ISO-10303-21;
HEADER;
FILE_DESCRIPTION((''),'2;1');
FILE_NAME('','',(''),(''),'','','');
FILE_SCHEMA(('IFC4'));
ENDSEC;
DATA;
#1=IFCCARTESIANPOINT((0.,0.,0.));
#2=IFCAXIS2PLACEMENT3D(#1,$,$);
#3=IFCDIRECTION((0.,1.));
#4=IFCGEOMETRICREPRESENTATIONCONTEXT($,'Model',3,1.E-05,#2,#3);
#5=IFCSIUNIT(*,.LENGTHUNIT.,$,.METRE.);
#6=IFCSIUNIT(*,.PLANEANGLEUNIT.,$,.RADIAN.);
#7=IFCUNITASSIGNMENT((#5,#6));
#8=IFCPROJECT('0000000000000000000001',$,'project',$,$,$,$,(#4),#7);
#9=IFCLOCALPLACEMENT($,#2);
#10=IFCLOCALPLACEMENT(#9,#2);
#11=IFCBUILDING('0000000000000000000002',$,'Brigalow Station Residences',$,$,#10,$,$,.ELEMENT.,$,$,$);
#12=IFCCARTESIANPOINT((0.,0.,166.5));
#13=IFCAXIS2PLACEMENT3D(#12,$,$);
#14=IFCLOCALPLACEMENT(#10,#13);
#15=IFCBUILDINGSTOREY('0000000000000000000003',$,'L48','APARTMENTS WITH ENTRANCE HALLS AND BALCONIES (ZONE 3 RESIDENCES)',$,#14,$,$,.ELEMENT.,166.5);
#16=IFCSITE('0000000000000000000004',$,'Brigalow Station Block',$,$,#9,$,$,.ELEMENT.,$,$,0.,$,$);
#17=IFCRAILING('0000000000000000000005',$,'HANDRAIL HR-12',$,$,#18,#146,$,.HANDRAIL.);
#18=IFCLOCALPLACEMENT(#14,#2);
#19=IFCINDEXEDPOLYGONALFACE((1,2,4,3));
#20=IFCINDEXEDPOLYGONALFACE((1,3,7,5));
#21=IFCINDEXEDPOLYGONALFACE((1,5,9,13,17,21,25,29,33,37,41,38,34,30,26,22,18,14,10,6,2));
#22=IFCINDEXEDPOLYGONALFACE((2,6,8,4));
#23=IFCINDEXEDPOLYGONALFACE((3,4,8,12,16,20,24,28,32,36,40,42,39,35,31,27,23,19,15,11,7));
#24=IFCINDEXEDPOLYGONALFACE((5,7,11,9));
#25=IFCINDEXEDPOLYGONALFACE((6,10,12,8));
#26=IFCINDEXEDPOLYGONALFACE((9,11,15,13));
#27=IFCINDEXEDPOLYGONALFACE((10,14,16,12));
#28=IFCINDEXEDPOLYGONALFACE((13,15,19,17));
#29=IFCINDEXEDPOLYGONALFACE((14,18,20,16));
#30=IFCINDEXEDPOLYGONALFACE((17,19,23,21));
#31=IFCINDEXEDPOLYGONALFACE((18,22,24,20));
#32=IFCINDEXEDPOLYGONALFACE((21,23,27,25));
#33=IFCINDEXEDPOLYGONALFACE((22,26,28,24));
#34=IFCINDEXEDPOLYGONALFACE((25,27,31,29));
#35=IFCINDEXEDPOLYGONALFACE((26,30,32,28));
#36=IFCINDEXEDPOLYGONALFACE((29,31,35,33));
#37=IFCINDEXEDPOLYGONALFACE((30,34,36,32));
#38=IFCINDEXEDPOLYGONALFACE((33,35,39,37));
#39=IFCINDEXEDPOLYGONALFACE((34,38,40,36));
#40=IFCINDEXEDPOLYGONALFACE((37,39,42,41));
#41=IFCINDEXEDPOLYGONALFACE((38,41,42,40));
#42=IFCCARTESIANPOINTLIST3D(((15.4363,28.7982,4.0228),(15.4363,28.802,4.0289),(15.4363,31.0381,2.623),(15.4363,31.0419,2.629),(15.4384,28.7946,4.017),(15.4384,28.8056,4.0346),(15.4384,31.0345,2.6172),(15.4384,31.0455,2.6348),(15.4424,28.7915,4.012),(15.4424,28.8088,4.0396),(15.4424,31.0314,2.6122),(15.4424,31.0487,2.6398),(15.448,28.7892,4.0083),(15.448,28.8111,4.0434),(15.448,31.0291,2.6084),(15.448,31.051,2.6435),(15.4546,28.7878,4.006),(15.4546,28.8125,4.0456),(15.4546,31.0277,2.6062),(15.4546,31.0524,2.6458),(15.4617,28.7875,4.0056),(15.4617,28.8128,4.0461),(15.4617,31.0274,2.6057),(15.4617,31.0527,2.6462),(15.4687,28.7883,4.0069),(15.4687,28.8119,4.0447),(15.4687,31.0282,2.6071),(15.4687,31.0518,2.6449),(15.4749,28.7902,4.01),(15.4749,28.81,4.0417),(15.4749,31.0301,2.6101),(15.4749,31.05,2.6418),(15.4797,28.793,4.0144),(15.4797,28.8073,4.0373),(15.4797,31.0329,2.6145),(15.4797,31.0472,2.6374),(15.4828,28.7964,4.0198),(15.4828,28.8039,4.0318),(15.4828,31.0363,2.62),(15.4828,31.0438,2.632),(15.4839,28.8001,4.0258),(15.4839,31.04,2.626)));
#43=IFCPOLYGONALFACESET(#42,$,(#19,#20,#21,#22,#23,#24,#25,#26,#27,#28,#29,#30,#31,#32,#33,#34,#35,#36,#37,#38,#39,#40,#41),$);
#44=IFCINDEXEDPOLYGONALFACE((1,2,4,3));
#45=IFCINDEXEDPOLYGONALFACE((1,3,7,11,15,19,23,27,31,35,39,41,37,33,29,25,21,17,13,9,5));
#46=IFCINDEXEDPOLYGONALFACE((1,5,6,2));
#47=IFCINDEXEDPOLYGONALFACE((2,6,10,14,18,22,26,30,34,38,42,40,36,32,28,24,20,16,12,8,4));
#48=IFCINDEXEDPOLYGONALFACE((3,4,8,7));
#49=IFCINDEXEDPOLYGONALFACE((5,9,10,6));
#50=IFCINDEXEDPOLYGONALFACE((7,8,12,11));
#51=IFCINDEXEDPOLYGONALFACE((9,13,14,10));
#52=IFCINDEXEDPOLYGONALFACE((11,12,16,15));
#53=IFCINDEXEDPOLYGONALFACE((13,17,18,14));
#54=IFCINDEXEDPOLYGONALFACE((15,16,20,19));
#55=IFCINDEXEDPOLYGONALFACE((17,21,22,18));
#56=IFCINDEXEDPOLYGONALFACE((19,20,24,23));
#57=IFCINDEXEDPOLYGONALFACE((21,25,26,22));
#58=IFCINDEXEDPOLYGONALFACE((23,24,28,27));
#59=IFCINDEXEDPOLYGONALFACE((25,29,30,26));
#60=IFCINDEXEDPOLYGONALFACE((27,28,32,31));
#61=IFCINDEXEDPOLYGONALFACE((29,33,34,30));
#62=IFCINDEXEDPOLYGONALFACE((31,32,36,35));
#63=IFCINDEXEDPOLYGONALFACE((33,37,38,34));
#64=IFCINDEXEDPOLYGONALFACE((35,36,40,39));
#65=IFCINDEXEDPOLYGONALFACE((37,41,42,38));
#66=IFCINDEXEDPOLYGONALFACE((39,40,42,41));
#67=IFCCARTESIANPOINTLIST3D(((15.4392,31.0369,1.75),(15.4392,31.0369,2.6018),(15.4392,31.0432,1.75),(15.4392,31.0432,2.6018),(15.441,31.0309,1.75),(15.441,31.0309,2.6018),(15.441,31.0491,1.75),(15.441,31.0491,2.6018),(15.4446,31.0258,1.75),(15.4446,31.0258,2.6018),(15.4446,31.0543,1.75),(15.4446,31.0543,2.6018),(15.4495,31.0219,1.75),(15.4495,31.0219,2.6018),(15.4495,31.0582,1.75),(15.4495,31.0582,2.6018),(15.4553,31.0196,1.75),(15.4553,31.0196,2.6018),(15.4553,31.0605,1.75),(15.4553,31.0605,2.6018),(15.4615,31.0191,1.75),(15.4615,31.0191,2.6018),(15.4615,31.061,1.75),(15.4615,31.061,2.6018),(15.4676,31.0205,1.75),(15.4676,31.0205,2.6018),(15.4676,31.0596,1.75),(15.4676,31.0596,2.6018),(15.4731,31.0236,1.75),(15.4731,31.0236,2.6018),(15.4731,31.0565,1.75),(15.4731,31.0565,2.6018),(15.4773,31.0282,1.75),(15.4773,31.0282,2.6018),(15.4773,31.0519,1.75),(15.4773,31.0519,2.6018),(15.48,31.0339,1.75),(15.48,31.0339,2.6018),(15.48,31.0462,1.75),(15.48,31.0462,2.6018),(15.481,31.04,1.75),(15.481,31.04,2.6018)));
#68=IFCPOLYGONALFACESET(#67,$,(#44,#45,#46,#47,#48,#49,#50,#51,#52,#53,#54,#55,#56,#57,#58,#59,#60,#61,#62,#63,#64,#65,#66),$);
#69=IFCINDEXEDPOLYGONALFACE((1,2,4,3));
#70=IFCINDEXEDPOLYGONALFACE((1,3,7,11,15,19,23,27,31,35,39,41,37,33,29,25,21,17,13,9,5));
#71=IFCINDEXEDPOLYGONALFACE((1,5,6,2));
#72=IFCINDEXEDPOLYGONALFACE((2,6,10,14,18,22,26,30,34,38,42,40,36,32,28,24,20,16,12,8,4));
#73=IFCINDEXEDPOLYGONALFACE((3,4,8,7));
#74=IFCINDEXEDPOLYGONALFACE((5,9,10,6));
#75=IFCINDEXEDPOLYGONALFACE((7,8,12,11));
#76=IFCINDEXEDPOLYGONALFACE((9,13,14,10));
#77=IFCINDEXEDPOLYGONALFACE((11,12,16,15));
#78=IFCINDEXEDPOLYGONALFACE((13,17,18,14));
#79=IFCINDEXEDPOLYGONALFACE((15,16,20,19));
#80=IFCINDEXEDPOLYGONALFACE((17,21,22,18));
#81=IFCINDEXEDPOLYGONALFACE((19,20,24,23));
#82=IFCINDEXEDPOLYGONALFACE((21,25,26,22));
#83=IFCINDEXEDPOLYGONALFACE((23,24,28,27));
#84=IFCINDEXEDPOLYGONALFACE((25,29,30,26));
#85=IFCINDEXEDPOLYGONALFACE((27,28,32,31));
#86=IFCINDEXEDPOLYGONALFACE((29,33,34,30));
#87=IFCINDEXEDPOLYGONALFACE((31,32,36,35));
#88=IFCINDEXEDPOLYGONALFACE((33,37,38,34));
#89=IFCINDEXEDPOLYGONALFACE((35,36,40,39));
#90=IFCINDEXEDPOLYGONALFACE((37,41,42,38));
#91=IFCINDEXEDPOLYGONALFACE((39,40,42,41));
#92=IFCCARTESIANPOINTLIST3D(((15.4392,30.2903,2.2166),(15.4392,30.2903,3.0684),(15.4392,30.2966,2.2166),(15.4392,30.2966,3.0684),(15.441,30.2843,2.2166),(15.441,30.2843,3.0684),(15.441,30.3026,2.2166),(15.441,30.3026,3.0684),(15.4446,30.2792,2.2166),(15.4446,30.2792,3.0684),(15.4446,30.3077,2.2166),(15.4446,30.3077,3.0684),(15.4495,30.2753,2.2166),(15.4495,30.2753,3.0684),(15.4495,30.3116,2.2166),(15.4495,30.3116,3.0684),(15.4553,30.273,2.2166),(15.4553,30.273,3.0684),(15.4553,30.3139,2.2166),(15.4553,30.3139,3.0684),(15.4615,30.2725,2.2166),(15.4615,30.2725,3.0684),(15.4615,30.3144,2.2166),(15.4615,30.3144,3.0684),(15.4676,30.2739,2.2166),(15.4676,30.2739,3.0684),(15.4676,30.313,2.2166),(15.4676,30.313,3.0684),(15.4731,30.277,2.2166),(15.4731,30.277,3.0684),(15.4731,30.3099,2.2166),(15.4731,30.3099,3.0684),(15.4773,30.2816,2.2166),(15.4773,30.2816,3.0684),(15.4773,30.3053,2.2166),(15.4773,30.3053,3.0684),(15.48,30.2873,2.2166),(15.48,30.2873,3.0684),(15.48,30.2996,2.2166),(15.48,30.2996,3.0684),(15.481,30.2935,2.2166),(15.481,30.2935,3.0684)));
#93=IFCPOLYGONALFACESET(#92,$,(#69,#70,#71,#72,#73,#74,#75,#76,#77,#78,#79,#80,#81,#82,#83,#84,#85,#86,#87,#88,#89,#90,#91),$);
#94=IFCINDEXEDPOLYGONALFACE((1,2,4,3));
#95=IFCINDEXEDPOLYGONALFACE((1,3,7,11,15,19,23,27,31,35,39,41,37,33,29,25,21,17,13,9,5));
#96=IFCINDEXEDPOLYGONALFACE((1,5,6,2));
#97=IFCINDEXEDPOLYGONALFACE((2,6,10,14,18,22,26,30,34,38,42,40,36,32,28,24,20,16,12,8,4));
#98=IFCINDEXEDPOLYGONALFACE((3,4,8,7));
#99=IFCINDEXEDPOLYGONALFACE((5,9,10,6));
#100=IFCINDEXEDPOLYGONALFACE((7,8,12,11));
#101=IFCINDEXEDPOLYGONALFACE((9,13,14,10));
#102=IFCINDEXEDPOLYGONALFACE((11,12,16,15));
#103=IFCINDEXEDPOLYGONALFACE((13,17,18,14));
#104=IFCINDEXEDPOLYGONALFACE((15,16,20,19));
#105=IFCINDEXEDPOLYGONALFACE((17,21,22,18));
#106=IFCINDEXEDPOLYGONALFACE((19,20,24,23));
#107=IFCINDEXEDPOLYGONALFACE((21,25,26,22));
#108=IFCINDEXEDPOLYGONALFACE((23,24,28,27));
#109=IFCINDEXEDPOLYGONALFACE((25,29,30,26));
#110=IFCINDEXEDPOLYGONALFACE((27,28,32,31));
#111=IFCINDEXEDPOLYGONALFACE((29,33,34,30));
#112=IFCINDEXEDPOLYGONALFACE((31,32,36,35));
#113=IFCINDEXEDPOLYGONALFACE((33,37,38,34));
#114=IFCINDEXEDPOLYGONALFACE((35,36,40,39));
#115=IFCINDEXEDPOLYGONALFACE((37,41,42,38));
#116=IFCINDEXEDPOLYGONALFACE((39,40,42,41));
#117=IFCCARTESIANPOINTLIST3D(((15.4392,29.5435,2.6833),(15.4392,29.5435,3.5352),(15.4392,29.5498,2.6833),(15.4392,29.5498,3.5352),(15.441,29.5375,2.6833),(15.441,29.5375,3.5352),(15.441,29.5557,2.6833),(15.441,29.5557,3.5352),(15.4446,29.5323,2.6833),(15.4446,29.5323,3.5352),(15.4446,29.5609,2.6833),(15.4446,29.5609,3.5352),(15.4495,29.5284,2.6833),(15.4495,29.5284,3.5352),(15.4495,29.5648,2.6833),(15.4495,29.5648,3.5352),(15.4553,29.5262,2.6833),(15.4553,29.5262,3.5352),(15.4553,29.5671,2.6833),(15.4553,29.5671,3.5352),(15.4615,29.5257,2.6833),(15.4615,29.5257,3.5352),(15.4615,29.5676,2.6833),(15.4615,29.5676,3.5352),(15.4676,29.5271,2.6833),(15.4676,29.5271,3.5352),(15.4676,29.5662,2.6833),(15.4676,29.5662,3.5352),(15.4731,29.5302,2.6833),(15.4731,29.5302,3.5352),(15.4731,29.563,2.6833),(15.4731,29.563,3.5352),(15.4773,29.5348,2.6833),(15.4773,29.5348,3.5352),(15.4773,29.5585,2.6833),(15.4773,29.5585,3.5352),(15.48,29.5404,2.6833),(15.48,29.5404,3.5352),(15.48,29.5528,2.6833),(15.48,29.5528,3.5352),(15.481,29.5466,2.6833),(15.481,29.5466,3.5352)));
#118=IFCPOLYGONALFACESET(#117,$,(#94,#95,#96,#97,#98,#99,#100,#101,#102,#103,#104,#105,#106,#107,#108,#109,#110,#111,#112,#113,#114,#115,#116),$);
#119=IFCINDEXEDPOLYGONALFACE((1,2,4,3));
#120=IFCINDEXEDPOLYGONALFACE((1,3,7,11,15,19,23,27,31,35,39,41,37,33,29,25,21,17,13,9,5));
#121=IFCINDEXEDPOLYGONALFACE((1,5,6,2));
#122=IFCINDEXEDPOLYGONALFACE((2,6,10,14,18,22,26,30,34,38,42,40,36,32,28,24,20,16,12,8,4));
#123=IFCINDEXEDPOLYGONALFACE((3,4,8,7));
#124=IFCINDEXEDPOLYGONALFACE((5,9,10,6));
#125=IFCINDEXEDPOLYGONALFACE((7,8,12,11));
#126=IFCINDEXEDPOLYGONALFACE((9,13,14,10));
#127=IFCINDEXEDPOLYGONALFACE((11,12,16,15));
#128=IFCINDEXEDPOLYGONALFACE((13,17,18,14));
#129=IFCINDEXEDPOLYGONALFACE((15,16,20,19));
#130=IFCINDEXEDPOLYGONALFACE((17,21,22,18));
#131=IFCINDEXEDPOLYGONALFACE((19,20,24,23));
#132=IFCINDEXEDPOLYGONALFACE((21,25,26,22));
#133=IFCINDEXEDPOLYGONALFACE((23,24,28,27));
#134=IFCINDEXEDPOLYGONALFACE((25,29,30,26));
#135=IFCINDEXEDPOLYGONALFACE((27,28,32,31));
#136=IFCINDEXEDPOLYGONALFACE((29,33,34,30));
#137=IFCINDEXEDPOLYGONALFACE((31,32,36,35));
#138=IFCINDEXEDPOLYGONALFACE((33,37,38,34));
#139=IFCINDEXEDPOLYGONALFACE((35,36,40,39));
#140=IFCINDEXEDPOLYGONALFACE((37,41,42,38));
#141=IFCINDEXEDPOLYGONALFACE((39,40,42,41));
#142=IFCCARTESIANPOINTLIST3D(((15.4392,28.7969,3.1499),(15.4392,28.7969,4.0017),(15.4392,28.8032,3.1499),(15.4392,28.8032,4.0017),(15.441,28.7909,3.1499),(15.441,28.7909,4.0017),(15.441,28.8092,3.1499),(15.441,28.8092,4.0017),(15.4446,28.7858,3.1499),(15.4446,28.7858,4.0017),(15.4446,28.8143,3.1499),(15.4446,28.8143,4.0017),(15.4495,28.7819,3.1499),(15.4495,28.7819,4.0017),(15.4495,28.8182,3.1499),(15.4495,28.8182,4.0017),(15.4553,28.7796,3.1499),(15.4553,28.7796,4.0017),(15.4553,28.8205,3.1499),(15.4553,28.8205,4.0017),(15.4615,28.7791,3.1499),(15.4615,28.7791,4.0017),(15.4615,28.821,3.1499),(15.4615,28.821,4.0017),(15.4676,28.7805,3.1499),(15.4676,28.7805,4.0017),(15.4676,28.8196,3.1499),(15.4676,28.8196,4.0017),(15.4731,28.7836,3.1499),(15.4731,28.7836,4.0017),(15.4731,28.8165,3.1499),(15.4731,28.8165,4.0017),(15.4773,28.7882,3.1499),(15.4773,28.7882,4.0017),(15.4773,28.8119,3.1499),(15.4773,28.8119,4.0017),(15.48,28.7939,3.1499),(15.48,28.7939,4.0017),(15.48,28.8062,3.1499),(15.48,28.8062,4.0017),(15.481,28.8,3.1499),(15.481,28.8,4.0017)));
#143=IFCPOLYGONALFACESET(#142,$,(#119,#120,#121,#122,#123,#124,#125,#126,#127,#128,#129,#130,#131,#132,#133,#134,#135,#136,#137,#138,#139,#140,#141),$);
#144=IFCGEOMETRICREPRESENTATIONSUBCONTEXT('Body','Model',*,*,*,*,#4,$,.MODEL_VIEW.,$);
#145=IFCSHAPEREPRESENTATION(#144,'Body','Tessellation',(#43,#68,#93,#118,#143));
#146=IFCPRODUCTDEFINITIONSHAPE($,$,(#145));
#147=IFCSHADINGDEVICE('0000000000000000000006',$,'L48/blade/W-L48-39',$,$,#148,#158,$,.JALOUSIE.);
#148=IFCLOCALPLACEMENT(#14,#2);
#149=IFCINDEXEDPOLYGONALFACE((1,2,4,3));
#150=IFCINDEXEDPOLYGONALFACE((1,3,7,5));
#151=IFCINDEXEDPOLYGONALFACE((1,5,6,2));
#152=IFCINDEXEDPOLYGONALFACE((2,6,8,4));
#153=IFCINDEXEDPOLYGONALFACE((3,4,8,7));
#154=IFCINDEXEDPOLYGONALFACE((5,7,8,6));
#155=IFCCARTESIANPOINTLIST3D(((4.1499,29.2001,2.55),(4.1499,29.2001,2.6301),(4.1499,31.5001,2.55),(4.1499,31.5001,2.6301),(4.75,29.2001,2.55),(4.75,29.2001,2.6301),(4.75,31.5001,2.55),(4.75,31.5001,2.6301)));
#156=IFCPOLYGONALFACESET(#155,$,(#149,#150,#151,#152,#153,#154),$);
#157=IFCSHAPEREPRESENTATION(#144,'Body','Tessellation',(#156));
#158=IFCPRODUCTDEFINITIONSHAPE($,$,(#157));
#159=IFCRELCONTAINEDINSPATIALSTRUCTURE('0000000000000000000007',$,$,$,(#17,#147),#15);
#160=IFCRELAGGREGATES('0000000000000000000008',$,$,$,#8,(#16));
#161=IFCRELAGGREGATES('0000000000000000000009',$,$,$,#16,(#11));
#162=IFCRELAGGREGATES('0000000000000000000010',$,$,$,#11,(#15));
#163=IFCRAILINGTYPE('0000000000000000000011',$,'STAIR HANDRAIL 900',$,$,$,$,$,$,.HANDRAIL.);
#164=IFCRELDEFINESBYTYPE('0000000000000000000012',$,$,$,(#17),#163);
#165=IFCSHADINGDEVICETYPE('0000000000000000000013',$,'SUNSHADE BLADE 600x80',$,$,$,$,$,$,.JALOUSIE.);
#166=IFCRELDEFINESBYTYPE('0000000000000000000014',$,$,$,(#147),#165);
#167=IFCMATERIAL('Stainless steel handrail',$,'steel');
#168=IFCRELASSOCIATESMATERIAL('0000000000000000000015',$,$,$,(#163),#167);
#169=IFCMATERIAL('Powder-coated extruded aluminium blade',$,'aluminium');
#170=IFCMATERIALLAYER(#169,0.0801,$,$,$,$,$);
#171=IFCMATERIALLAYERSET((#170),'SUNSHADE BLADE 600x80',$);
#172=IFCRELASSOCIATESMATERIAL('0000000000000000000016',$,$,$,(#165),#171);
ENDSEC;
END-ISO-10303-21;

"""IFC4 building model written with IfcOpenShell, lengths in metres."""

from ifc_helpers import new_model, si_unit, direction, frame, origin, origin_2d, place, context, subcontext, project, spatial, rectangle, circle, extrude, material, layer, layer_set, type_object, element, save


model = new_model("IFC4")

# Units and contexts
model_context = context("Model", 3, precision=1e-05, world=origin(), true_north=direction((0.0, 1.0)))
body_context = subcontext(model_context, "Body", "Model", "MODEL_VIEW")
ifc_project = project(units=[si_unit("LENGTHUNIT", "METRE"), si_unit("PLANEANGLEUNIT", "RADIAN")], contexts=[model_context])

# Site, building, storey
site_placement = place(None, origin())
site = spatial("IfcSite", under=ifc_project, at=site_placement, Name="Brigalow Station Block", CompositionType="ELEMENT", RefElevation=0.0)
building_placement = place(site_placement, origin())
building = spatial("IfcBuilding", under=site, at=building_placement, Name="Brigalow Station Residences", CompositionType="ELEMENT")
storey_placement = place(building_placement, frame((0.0, 0.0, 166.5)))
storey = spatial("IfcBuildingStorey", under=building, at=storey_placement, Name="L48", Description="APARTMENTS WITH ENTRANCE HALLS AND BALCONIES (ZONE 3 RESIDENCES)", CompositionType="ELEMENT", Elevation=166.5)

# Railing
ifc_material_1 = material(Name="Stainless steel handrail", Category="steel")
railing_type_1 = type_object("IfcRailingType", Name="STAIR HANDRAIL 900", PredefinedType="HANDRAIL", material=ifc_material_1)
railing_1_placement = place(storey_placement, frame((15.46, 31.04, 1.75)))
element("IfcRailing", 1, at=railing_1_placement, inside=storey, type_object=railing_type_1, Name="HANDRAIL HR-12", PredefinedType="HANDRAIL", context=body_context, shape_type="SweptSolid", body=[
    extrude(circle(Radius=0.0239, at=origin_2d()), frame((0.0, 0.0, 0.876), z_axis=(0.0, -0.848014, 0.529974), x_axis=(1.0, 0.0, 0.0)), (0.0, 0.0, 1.0), 2.6414),
    extrude(circle(Radius=0.021, at=origin_2d()), origin(), (0.0, 0.0, 1.0), 0.8518),
    extrude(circle(Radius=0.021, at=origin_2d()), frame((0.0, -0.7466, 0.4666)), (0.0, 0.0, 1.0), 0.8518),
    extrude(circle(Radius=0.021, at=origin_2d()), frame((0.0, -1.4934, 0.9333)), (0.0, 0.0, 1.0), 0.8518),
    extrude(circle(Radius=0.021, at=origin_2d()), frame((0.0, -2.24, 1.3999)), (0.0, 0.0, 1.0), 0.8518),
])

# Shading device
ifc_material_2 = material(Name="Powder-coated extruded aluminium blade", Category="aluminium")
ifc_layer_1 = layer(ifc_material_2, 0.0801)
ifc_layer_set_1 = layer_set([ifc_layer_1], Name="SUNSHADE BLADE 600x80")
shading_device_type = type_object("IfcShadingDeviceType", Name="SUNSHADE BLADE 600x80", PredefinedType="JALOUSIE", material=ifc_layer_set_1)
shading_device_placement = place(storey_placement, frame((4.45, 30.3501, 2.55), z_axis=(0.0, 0.0, 1.0), x_axis=(0.0, -1.0, 0.0)))
element("IfcShadingDevice", 2, at=shading_device_placement, inside=storey, type_object=shading_device_type, Name="L48/blade/W-L48-39", PredefinedType="JALOUSIE", context=body_context, shape_type="SweptSolid", body=[
    extrude(rectangle(XDim=2.3, YDim=0.6001, at=origin_2d()), origin(), (0.0, 0.0, 1.0), 0.0801),
])

save(model, "model.ifc")
